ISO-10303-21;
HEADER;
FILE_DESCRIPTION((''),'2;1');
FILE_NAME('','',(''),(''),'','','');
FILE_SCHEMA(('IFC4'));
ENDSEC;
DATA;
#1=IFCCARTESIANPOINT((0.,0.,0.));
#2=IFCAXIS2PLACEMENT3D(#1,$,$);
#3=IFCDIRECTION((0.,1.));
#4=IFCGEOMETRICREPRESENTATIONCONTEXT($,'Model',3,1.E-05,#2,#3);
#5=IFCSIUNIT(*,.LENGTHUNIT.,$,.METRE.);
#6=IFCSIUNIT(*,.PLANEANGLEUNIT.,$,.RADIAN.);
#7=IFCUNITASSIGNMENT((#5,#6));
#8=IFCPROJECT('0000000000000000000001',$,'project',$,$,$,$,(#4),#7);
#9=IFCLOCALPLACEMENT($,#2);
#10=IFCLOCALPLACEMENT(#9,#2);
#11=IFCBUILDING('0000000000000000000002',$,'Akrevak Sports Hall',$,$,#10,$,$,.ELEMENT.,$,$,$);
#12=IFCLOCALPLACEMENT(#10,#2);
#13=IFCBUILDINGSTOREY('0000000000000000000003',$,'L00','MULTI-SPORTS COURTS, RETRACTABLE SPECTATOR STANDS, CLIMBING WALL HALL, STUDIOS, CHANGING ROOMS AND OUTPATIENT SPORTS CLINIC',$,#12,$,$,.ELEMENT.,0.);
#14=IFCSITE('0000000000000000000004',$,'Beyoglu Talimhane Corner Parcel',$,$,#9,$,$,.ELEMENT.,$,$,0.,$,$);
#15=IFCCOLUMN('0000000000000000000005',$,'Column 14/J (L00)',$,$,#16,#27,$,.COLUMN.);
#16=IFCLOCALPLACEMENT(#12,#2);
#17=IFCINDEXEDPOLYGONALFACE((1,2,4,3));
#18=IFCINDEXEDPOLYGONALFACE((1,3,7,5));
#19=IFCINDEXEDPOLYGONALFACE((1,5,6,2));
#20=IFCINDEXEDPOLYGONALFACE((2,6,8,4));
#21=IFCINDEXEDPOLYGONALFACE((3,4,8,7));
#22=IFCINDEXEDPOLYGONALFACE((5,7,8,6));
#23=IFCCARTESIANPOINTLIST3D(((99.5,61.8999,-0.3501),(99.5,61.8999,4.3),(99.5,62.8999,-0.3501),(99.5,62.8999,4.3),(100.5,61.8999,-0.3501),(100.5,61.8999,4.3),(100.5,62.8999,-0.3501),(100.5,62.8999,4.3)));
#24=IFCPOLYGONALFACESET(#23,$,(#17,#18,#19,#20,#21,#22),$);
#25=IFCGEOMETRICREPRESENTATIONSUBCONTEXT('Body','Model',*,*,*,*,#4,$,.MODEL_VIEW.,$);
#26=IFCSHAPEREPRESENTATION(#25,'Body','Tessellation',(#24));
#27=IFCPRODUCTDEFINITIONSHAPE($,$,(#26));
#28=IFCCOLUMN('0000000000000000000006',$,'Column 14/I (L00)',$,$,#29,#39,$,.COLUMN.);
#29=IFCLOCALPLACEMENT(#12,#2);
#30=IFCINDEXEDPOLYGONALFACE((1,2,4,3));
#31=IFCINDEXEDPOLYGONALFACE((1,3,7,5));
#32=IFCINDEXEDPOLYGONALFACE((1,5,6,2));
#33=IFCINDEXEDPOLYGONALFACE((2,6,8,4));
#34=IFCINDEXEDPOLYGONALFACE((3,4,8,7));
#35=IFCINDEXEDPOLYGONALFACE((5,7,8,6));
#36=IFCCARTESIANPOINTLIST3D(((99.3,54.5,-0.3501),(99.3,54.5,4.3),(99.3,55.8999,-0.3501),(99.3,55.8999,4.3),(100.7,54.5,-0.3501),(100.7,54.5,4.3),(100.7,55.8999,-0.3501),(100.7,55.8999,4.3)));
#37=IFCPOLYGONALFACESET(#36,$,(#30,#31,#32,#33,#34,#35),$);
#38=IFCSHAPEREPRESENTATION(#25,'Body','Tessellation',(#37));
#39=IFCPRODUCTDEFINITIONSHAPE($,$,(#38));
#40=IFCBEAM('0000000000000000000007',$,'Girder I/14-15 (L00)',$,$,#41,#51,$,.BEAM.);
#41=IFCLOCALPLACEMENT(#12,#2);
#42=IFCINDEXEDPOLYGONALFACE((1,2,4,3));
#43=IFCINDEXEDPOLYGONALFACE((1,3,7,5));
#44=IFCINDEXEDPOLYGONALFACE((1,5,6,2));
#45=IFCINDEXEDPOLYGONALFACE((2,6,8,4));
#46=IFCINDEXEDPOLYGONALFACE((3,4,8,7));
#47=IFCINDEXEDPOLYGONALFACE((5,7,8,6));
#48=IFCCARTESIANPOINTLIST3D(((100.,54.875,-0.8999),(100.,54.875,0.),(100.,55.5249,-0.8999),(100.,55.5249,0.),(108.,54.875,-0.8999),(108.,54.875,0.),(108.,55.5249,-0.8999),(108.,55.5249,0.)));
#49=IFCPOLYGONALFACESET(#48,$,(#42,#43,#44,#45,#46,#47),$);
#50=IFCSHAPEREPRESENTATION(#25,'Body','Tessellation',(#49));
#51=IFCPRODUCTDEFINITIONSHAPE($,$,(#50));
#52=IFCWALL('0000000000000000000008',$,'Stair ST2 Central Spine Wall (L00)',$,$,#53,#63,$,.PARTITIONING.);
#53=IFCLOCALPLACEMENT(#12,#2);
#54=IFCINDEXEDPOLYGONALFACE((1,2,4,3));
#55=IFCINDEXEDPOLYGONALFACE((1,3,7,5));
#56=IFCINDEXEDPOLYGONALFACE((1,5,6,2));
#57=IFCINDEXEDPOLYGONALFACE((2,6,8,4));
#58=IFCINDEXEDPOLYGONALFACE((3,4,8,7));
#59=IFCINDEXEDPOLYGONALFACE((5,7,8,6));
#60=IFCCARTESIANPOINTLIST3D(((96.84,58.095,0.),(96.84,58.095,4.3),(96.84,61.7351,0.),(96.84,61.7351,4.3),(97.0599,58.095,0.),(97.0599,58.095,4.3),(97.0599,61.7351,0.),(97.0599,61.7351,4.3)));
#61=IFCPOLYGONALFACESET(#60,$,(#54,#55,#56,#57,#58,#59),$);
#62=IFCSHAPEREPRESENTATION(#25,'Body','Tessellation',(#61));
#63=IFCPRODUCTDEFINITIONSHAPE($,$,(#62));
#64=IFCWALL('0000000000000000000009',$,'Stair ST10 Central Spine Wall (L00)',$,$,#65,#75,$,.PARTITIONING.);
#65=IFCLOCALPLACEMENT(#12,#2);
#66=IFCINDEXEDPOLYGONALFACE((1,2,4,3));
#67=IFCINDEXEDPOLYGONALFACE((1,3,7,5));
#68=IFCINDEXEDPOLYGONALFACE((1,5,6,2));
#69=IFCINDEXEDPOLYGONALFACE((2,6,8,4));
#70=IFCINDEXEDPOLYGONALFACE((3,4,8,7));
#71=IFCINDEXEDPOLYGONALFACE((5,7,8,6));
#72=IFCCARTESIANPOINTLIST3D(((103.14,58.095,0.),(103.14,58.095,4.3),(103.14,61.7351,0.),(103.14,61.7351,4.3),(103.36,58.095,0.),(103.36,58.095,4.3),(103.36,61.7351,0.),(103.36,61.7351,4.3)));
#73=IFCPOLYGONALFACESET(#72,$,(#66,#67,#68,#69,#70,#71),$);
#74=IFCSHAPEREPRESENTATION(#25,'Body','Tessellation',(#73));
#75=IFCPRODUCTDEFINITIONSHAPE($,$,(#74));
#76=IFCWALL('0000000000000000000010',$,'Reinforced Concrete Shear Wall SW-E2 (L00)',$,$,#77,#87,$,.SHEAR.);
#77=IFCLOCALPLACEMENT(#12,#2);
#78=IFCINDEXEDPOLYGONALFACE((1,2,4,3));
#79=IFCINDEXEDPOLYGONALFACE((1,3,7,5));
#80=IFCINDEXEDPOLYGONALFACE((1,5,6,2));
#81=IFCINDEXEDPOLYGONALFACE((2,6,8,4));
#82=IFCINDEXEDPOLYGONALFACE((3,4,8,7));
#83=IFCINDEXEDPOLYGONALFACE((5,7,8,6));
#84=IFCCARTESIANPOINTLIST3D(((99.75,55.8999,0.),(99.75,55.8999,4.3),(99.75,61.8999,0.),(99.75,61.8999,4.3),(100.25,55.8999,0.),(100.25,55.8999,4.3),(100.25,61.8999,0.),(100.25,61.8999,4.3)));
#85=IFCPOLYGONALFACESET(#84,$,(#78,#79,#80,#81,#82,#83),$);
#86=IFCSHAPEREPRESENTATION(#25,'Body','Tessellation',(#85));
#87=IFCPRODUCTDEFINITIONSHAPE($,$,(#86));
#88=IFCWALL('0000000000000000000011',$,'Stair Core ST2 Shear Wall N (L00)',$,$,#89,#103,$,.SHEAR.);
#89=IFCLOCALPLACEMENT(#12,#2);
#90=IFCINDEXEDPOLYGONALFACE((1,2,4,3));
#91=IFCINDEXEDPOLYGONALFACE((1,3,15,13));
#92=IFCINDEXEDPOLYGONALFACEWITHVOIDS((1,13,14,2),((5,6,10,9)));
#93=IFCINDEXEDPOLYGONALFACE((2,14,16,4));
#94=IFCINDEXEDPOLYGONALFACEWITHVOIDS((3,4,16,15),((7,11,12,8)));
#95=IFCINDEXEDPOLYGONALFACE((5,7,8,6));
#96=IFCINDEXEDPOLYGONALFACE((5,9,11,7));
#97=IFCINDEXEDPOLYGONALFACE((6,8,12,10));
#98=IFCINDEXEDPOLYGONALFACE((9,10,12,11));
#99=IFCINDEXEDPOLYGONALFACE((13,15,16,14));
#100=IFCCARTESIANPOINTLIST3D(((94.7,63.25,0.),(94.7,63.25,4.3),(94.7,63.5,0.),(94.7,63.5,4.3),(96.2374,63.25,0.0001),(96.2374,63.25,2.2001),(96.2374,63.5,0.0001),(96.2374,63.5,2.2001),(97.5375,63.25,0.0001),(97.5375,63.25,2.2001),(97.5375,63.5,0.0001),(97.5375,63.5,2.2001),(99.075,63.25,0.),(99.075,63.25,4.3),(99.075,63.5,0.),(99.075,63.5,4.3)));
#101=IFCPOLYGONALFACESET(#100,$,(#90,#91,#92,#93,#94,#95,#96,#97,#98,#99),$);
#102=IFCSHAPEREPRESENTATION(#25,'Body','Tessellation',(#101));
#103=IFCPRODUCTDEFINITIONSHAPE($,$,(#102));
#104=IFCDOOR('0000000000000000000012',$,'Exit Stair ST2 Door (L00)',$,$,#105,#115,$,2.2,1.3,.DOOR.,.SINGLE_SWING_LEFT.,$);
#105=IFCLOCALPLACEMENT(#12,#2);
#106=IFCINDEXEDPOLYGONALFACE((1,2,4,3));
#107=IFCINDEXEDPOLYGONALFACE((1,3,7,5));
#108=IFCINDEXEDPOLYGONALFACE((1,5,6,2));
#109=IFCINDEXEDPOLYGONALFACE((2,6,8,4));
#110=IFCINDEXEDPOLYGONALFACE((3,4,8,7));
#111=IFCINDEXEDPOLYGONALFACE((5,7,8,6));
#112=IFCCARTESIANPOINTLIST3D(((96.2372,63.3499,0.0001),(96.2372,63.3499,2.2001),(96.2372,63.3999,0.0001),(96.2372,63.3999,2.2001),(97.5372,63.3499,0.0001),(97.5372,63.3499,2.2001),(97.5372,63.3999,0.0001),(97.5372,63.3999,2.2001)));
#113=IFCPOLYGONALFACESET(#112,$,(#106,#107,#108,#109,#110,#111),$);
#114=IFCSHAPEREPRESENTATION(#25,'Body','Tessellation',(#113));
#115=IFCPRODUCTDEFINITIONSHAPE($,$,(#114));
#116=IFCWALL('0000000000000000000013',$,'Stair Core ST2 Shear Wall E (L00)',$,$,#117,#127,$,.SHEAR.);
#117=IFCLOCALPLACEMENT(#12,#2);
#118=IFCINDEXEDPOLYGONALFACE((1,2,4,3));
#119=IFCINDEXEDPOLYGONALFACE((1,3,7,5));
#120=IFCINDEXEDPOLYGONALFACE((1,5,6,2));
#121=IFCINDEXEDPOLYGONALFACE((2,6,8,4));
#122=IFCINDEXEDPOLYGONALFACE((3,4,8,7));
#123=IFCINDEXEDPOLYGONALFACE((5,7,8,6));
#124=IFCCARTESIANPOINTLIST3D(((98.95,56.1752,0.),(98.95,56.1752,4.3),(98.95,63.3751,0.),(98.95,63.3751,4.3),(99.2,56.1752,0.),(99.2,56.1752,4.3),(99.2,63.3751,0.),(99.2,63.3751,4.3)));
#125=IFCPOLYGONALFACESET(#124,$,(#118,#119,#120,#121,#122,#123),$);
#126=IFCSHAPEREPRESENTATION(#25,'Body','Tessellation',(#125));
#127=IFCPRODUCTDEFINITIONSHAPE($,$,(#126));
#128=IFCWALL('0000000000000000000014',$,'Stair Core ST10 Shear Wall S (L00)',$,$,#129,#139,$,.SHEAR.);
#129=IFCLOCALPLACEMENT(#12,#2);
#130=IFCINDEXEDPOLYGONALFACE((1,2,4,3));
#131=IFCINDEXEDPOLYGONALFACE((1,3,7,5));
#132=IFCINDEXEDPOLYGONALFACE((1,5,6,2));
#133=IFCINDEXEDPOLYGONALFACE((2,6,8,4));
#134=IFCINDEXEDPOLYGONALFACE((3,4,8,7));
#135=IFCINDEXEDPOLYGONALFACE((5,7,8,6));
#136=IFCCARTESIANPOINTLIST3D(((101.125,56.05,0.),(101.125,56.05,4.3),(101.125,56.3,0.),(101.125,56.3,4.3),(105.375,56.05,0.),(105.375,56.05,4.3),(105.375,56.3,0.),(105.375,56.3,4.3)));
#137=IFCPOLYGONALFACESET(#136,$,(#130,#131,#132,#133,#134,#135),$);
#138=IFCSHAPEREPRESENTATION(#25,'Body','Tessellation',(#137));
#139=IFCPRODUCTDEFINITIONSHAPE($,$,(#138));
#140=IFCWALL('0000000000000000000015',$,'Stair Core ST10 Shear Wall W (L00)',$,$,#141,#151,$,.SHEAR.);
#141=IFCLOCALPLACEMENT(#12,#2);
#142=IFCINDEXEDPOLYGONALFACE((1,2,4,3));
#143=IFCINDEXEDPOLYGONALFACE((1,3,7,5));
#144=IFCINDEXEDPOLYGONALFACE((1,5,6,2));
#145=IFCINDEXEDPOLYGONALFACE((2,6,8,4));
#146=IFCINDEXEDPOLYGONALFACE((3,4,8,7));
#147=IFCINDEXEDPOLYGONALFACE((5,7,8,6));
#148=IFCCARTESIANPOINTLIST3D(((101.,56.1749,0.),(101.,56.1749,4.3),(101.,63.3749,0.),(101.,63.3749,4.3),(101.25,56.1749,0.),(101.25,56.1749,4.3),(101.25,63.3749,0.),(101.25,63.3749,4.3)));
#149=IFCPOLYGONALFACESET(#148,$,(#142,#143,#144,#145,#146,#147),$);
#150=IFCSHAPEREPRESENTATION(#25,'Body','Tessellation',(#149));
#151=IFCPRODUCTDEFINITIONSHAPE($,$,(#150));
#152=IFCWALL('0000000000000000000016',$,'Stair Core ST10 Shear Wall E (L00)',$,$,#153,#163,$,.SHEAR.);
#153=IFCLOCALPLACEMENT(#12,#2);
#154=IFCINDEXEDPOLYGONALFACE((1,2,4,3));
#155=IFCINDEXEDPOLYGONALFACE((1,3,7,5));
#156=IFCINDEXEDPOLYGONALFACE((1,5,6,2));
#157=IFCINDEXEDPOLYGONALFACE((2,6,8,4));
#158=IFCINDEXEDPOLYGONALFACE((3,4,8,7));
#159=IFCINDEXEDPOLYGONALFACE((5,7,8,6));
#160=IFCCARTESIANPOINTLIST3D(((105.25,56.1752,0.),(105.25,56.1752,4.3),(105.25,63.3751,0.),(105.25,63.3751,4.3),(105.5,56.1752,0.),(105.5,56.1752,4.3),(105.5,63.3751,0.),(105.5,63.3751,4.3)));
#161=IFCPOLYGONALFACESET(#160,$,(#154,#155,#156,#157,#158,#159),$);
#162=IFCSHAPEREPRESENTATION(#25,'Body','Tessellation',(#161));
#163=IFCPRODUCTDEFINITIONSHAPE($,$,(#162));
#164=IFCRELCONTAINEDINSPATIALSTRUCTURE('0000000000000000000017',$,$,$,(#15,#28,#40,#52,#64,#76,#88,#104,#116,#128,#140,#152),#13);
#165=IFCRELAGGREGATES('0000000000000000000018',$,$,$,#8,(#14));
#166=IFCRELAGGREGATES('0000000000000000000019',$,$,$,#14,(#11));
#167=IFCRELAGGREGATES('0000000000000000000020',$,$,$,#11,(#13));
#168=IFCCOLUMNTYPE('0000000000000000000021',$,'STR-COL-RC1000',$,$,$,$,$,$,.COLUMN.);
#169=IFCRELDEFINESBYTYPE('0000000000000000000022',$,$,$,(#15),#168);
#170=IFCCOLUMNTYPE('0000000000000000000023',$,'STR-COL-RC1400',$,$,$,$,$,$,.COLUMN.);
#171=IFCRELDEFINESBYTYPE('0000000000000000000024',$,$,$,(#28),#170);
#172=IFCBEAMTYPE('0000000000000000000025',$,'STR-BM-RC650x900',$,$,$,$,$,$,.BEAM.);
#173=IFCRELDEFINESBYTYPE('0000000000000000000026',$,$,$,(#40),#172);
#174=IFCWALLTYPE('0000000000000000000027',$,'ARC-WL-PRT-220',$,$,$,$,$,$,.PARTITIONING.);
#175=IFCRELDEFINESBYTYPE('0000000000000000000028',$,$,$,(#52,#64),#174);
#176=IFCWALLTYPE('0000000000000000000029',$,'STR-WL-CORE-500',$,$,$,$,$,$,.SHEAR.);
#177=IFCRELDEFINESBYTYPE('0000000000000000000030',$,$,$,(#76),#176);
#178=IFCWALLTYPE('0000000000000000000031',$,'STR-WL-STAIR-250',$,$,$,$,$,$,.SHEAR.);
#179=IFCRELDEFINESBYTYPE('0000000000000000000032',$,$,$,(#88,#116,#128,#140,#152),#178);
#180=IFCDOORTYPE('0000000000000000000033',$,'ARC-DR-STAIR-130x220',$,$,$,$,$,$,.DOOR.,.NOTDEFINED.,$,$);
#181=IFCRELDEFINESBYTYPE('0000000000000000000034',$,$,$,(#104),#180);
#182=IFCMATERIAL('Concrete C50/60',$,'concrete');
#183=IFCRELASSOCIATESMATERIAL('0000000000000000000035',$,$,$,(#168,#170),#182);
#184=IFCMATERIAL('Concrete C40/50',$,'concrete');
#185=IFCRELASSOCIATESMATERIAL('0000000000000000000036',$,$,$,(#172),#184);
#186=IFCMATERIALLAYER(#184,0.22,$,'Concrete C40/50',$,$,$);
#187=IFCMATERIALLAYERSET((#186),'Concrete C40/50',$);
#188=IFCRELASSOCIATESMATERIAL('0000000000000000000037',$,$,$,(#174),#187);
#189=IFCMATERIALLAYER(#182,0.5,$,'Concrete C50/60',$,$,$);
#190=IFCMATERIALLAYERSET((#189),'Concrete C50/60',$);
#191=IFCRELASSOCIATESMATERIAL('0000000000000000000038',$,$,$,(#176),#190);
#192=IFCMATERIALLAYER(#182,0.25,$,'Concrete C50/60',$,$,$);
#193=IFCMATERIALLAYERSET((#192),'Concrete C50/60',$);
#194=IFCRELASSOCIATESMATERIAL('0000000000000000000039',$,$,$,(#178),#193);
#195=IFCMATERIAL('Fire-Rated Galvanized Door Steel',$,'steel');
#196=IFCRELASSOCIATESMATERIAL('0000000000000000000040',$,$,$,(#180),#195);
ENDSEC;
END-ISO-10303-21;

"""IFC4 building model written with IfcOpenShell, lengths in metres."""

from ifc_helpers import new_model, si_unit, direction, frame, frame_2d, origin, origin_2d, place, context, subcontext, project, spatial, rectangle, extrude, material, layer, layer_set, material_profile, profile_set, type_object, element, fill, save


model = new_model("IFC4")

# Units and contexts
model_context = context("Model", 3, precision=1e-05, world=origin(), true_north=direction((0.0, 1.0)))
body_context = subcontext(model_context, "Body", "Model", "MODEL_VIEW")
ifc_project = project(units=[si_unit("LENGTHUNIT", "METRE"), si_unit("PLANEANGLEUNIT", "RADIAN")], contexts=[model_context])

# Site, building, storey
site_placement = place(None, origin())
site = spatial("IfcSite", under=ifc_project, at=site_placement, Name="Beyoglu Talimhane Corner Parcel", CompositionType="ELEMENT", RefElevation=0.0)
building_placement = place(site_placement, origin())
building = spatial("IfcBuilding", under=site, at=building_placement, Name="Akrevak Sports Hall", CompositionType="ELEMENT")
storey_placement = place(building_placement, origin())
storey = spatial("IfcBuildingStorey", under=building, at=storey_placement, Name="L00", Description="MULTI-SPORTS COURTS, RETRACTABLE SPECTATOR STANDS, CLIMBING WALL HALL, STUDIOS, CHANGING ROOMS AND OUTPATIENT SPORTS CLINIC", CompositionType="ELEMENT", Elevation=0.0)

# Columns
ifc_material_1 = material(Name="Concrete C50/60", Category="concrete")
ifc_material_profile_1 = material_profile(ifc_material_1, rectangle(XDim=1.0, YDim=1.0, at=origin_2d()), Name="RC 1000x1000", Category="concrete")
ifc_profile_set_1 = profile_set([ifc_material_profile_1], Name="Concrete C50/60")
column_type_1 = type_object("IfcColumnType", Name="STR-COL-RC1000", PredefinedType="COLUMN", material=ifc_profile_set_1)
column_1_placement = place(storey_placement, frame((100.0, 62.3999, -0.3501), z_axis=(0.0, 0.0, 1.0), x_axis=(1.0, 0.0, 0.0)))
element("IfcColumn", 1, at=column_1_placement, inside=storey, type_object=column_type_1, Name="Column 14/J (L00)", PredefinedType="COLUMN", context=body_context, shape_type="SweptSolid", body=[
    extrude(rectangle(XDim=1.0, YDim=1.0, at=origin_2d()), origin(), (0.0, 0.0, 1.0), 4.6501),
])
ifc_material_profile_2 = material_profile(ifc_material_1, rectangle(XDim=1.3999, YDim=1.3999, at=origin_2d()), Name="RC 1400x1400", Category="concrete")
ifc_profile_set_2 = profile_set([ifc_material_profile_2], Name="Concrete C50/60")
column_type_2 = type_object("IfcColumnType", Name="STR-COL-RC1400", PredefinedType="COLUMN", material=ifc_profile_set_2)
column_2_placement = place(storey_placement, frame((100.0, 55.2, -0.3501), z_axis=(0.0, 0.0, 1.0), x_axis=(1.0, 0.0, 0.0)))
element("IfcColumn", 2, at=column_2_placement, inside=storey, type_object=column_type_2, Name="Column 14/I (L00)", PredefinedType="COLUMN", context=body_context, shape_type="SweptSolid", body=[
    extrude(rectangle(XDim=1.3999, YDim=1.3999, at=origin_2d()), origin(), (0.0, 0.0, 1.0), 4.6501),
])

# Beam
ifc_material_2 = material(Name="Concrete C40/50", Category="concrete")
ifc_material_profile_3 = material_profile(ifc_material_2, rectangle(XDim=0.6499, YDim=0.8999, at=origin_2d()), Name="BM 650x900", Category="concrete")
ifc_profile_set_3 = profile_set([ifc_material_profile_3], Name="Concrete C40/50")
beam_type = type_object("IfcBeamType", Name="STR-BM-RC650x900", PredefinedType="BEAM", material=ifc_profile_set_3)
beam_placement = place(storey_placement, frame((100.0, 55.2, -0.45), z_axis=(1.0, 0.0, 0.0), x_axis=(0.0, 1.0, 0.0)))
element("IfcBeam", 3, at=beam_placement, inside=storey, type_object=beam_type, Name="Girder I/14-15 (L00)", PredefinedType="BEAM", context=body_context, shape_type="SweptSolid", body=[
    extrude(rectangle(XDim=0.6499, YDim=0.8999, at=origin_2d()), origin(), (0.0, 0.0, 1.0), 8.0),
])

# Walls
ifc_layer_1 = layer(ifc_material_2, 0.22, Name="Concrete C40/50")
ifc_layer_set_1 = layer_set([ifc_layer_1], Name="Concrete C40/50")
wall_type_1 = type_object("IfcWallType", Name="ARC-WL-PRT-220", PredefinedType="PARTITIONING", material=ifc_layer_set_1)
for number, where, z_axis, x_axis, name in (
    (4, (96.95, 58.095, 0.0), (0.0, 0.0, 1.0), (0.0, 1.0, 0.0), "Stair ST2 Central Spine Wall (L00)"),
    (5, (103.25, 58.095, 0.0), (0.0, 0.0, 1.0), (0.0, 1.0, 0.0), "Stair ST10 Central Spine Wall (L00)"),
):
    element("IfcWall", number, at=place(storey_placement, frame(where, z_axis=z_axis, x_axis=x_axis)), inside=storey, type_object=wall_type_1, Name=name, PredefinedType="PARTITIONING", context=body_context, shape_type="SweptSolid", body=[
        extrude(rectangle(XDim=3.6401, YDim=0.22, at=frame_2d((1.8201, 0.0))), origin(), (0.0, 0.0, 1.0), 4.3),
    ])
ifc_layer_2 = layer(ifc_material_1, 0.5, Name="Concrete C50/60")
ifc_layer_set_2 = layer_set([ifc_layer_2], Name="Concrete C50/60")
wall_type_2 = type_object("IfcWallType", Name="STR-WL-CORE-500", PredefinedType="SHEAR", material=ifc_layer_set_2)
wall_1_placement = place(storey_placement, frame((100.0, 55.8999, 0.0), z_axis=(0.0, 0.0, 1.0), x_axis=(0.0, 1.0, 0.0)))
element("IfcWall", 6, at=wall_1_placement, inside=storey, type_object=wall_type_2, Name="Reinforced Concrete Shear Wall SW-E2 (L00)", PredefinedType="SHEAR", context=body_context, shape_type="SweptSolid", body=[
    extrude(rectangle(XDim=6.0, YDim=0.5, at=frame_2d((3.0, 0.0))), origin(), (0.0, 0.0, 1.0), 4.3),
])

# Wall, opening, door
ifc_layer_3 = layer(ifc_material_1, 0.25, Name="Concrete C50/60")
ifc_layer_set_3 = layer_set([ifc_layer_3], Name="Concrete C50/60")
wall_type_3 = type_object("IfcWallType", Name="STR-WL-STAIR-250", PredefinedType="SHEAR", material=ifc_layer_set_3)
wall_2_placement = place(storey_placement, frame((99.075, 63.375, 0.0), z_axis=(0.0, 0.0, 1.0), x_axis=(-1.0, 0.0, 0.0)))
wall_2 = element("IfcWall", 7, at=wall_2_placement, inside=storey, type_object=wall_type_3, Name="Stair Core ST2 Shear Wall N (L00)", PredefinedType="SHEAR", context=body_context, shape_type="SweptSolid", body=[
    extrude(rectangle(XDim=4.375, YDim=0.25, at=frame_2d((2.1875, 0.0))), origin(), (0.0, 0.0, 1.0), 4.3),
])
opening_placement = place(wall_2_placement, frame((1.5376, 0.0, 0.0)))
opening = element("IfcOpeningElement", 8, at=opening_placement, cuts=wall_2, PredefinedType="OPENING", context=body_context, shape_type="SweptSolid", body=[
    extrude(rectangle(XDim=1.3, YDim=2.2, at=frame_2d((0.6499, 1.1001))), frame((0.0, 0.137, 0.0), z_axis=(0.0, -1.0, 0.0), x_axis=(1.0, 0.0, 0.0)), (0.0, 0.0, 1.0), 0.2739),
])
ifc_material_3 = material(Name="Fire-Rated Galvanized Door Steel", Category="steel")
door_type = type_object("IfcDoorType", Name="ARC-DR-STAIR-130x220", OperationType="NOTDEFINED", PredefinedType="DOOR", material=ifc_material_3)
door_placement = place(opening_placement, frame((1.3, 0.0, 0.0), z_axis=(0.0, 0.0, 1.0), x_axis=(-1.0, 0.0, 0.0)))
door = element("IfcDoor", 9, at=door_placement, inside=storey, type_object=door_type, Name="Exit Stair ST2 Door (L00)", OperationType="SINGLE_SWING_LEFT", OverallHeight=2.2, OverallWidth=1.3, PredefinedType="DOOR", context=body_context, shape_type="SweptSolid", body=[
    extrude(rectangle(XDim=1.3, YDim=2.2, at=frame_2d((0.6499, 1.1001))), frame((0.0, 0.0249, 0.0), z_axis=(0.0, -1.0, 0.0), x_axis=(1.0, 0.0, 0.0)), (0.0, 0.0, 1.0), 0.05),
])
fill(opening, door)

# Walls
wall_3_placement = place(storey_placement, frame((99.075, 56.175, 0.0), z_axis=(0.0, 0.0, 1.0), x_axis=(0.0, 1.0, 0.0)))
element("IfcWall", 10, at=wall_3_placement, inside=storey, type_object=wall_type_3, Name="Stair Core ST2 Shear Wall E (L00)", PredefinedType="SHEAR", context=body_context, shape_type="SweptSolid", body=[
    extrude(rectangle(XDim=7.2, YDim=0.25, at=frame_2d((3.6001, 0.0))), origin(), (0.0, 0.0, 1.0), 4.3),
])
wall_4_placement = place(storey_placement, frame((101.125, 56.175, 0.0), z_axis=(0.0, 0.0, 1.0), x_axis=(1.0, 0.0, 0.0)))
element("IfcWall", 11, at=wall_4_placement, inside=storey, type_object=wall_type_3, Name="Stair Core ST10 Shear Wall S (L00)", PredefinedType="SHEAR", context=body_context, shape_type="SweptSolid", body=[
    extrude(rectangle(XDim=4.25, YDim=0.25, at=frame_2d((2.125, 0.0))), origin(), (0.0, 0.0, 1.0), 4.3),
])
for number, where, z_axis, x_axis, name in (
    (12, (101.125, 63.375, 0.0), (0.0, 0.0, 1.0), (0.0, -1.0, 0.0), "Stair Core ST10 Shear Wall W (L00)"),
    (13, (105.375, 56.175, 0.0), (0.0, 0.0, 1.0), (0.0, 1.0, 0.0), "Stair Core ST10 Shear Wall E (L00)"),
):
    element("IfcWall", number, at=place(storey_placement, frame(where, z_axis=z_axis, x_axis=x_axis)), inside=storey, type_object=wall_type_3, Name=name, PredefinedType="SHEAR", context=body_context, shape_type="SweptSolid", body=[
        extrude(rectangle(XDim=7.2, YDim=0.25, at=frame_2d((3.6001, 0.0))), origin(), (0.0, 0.0, 1.0), 4.3),
    ])

save(model, "model.ifc")
